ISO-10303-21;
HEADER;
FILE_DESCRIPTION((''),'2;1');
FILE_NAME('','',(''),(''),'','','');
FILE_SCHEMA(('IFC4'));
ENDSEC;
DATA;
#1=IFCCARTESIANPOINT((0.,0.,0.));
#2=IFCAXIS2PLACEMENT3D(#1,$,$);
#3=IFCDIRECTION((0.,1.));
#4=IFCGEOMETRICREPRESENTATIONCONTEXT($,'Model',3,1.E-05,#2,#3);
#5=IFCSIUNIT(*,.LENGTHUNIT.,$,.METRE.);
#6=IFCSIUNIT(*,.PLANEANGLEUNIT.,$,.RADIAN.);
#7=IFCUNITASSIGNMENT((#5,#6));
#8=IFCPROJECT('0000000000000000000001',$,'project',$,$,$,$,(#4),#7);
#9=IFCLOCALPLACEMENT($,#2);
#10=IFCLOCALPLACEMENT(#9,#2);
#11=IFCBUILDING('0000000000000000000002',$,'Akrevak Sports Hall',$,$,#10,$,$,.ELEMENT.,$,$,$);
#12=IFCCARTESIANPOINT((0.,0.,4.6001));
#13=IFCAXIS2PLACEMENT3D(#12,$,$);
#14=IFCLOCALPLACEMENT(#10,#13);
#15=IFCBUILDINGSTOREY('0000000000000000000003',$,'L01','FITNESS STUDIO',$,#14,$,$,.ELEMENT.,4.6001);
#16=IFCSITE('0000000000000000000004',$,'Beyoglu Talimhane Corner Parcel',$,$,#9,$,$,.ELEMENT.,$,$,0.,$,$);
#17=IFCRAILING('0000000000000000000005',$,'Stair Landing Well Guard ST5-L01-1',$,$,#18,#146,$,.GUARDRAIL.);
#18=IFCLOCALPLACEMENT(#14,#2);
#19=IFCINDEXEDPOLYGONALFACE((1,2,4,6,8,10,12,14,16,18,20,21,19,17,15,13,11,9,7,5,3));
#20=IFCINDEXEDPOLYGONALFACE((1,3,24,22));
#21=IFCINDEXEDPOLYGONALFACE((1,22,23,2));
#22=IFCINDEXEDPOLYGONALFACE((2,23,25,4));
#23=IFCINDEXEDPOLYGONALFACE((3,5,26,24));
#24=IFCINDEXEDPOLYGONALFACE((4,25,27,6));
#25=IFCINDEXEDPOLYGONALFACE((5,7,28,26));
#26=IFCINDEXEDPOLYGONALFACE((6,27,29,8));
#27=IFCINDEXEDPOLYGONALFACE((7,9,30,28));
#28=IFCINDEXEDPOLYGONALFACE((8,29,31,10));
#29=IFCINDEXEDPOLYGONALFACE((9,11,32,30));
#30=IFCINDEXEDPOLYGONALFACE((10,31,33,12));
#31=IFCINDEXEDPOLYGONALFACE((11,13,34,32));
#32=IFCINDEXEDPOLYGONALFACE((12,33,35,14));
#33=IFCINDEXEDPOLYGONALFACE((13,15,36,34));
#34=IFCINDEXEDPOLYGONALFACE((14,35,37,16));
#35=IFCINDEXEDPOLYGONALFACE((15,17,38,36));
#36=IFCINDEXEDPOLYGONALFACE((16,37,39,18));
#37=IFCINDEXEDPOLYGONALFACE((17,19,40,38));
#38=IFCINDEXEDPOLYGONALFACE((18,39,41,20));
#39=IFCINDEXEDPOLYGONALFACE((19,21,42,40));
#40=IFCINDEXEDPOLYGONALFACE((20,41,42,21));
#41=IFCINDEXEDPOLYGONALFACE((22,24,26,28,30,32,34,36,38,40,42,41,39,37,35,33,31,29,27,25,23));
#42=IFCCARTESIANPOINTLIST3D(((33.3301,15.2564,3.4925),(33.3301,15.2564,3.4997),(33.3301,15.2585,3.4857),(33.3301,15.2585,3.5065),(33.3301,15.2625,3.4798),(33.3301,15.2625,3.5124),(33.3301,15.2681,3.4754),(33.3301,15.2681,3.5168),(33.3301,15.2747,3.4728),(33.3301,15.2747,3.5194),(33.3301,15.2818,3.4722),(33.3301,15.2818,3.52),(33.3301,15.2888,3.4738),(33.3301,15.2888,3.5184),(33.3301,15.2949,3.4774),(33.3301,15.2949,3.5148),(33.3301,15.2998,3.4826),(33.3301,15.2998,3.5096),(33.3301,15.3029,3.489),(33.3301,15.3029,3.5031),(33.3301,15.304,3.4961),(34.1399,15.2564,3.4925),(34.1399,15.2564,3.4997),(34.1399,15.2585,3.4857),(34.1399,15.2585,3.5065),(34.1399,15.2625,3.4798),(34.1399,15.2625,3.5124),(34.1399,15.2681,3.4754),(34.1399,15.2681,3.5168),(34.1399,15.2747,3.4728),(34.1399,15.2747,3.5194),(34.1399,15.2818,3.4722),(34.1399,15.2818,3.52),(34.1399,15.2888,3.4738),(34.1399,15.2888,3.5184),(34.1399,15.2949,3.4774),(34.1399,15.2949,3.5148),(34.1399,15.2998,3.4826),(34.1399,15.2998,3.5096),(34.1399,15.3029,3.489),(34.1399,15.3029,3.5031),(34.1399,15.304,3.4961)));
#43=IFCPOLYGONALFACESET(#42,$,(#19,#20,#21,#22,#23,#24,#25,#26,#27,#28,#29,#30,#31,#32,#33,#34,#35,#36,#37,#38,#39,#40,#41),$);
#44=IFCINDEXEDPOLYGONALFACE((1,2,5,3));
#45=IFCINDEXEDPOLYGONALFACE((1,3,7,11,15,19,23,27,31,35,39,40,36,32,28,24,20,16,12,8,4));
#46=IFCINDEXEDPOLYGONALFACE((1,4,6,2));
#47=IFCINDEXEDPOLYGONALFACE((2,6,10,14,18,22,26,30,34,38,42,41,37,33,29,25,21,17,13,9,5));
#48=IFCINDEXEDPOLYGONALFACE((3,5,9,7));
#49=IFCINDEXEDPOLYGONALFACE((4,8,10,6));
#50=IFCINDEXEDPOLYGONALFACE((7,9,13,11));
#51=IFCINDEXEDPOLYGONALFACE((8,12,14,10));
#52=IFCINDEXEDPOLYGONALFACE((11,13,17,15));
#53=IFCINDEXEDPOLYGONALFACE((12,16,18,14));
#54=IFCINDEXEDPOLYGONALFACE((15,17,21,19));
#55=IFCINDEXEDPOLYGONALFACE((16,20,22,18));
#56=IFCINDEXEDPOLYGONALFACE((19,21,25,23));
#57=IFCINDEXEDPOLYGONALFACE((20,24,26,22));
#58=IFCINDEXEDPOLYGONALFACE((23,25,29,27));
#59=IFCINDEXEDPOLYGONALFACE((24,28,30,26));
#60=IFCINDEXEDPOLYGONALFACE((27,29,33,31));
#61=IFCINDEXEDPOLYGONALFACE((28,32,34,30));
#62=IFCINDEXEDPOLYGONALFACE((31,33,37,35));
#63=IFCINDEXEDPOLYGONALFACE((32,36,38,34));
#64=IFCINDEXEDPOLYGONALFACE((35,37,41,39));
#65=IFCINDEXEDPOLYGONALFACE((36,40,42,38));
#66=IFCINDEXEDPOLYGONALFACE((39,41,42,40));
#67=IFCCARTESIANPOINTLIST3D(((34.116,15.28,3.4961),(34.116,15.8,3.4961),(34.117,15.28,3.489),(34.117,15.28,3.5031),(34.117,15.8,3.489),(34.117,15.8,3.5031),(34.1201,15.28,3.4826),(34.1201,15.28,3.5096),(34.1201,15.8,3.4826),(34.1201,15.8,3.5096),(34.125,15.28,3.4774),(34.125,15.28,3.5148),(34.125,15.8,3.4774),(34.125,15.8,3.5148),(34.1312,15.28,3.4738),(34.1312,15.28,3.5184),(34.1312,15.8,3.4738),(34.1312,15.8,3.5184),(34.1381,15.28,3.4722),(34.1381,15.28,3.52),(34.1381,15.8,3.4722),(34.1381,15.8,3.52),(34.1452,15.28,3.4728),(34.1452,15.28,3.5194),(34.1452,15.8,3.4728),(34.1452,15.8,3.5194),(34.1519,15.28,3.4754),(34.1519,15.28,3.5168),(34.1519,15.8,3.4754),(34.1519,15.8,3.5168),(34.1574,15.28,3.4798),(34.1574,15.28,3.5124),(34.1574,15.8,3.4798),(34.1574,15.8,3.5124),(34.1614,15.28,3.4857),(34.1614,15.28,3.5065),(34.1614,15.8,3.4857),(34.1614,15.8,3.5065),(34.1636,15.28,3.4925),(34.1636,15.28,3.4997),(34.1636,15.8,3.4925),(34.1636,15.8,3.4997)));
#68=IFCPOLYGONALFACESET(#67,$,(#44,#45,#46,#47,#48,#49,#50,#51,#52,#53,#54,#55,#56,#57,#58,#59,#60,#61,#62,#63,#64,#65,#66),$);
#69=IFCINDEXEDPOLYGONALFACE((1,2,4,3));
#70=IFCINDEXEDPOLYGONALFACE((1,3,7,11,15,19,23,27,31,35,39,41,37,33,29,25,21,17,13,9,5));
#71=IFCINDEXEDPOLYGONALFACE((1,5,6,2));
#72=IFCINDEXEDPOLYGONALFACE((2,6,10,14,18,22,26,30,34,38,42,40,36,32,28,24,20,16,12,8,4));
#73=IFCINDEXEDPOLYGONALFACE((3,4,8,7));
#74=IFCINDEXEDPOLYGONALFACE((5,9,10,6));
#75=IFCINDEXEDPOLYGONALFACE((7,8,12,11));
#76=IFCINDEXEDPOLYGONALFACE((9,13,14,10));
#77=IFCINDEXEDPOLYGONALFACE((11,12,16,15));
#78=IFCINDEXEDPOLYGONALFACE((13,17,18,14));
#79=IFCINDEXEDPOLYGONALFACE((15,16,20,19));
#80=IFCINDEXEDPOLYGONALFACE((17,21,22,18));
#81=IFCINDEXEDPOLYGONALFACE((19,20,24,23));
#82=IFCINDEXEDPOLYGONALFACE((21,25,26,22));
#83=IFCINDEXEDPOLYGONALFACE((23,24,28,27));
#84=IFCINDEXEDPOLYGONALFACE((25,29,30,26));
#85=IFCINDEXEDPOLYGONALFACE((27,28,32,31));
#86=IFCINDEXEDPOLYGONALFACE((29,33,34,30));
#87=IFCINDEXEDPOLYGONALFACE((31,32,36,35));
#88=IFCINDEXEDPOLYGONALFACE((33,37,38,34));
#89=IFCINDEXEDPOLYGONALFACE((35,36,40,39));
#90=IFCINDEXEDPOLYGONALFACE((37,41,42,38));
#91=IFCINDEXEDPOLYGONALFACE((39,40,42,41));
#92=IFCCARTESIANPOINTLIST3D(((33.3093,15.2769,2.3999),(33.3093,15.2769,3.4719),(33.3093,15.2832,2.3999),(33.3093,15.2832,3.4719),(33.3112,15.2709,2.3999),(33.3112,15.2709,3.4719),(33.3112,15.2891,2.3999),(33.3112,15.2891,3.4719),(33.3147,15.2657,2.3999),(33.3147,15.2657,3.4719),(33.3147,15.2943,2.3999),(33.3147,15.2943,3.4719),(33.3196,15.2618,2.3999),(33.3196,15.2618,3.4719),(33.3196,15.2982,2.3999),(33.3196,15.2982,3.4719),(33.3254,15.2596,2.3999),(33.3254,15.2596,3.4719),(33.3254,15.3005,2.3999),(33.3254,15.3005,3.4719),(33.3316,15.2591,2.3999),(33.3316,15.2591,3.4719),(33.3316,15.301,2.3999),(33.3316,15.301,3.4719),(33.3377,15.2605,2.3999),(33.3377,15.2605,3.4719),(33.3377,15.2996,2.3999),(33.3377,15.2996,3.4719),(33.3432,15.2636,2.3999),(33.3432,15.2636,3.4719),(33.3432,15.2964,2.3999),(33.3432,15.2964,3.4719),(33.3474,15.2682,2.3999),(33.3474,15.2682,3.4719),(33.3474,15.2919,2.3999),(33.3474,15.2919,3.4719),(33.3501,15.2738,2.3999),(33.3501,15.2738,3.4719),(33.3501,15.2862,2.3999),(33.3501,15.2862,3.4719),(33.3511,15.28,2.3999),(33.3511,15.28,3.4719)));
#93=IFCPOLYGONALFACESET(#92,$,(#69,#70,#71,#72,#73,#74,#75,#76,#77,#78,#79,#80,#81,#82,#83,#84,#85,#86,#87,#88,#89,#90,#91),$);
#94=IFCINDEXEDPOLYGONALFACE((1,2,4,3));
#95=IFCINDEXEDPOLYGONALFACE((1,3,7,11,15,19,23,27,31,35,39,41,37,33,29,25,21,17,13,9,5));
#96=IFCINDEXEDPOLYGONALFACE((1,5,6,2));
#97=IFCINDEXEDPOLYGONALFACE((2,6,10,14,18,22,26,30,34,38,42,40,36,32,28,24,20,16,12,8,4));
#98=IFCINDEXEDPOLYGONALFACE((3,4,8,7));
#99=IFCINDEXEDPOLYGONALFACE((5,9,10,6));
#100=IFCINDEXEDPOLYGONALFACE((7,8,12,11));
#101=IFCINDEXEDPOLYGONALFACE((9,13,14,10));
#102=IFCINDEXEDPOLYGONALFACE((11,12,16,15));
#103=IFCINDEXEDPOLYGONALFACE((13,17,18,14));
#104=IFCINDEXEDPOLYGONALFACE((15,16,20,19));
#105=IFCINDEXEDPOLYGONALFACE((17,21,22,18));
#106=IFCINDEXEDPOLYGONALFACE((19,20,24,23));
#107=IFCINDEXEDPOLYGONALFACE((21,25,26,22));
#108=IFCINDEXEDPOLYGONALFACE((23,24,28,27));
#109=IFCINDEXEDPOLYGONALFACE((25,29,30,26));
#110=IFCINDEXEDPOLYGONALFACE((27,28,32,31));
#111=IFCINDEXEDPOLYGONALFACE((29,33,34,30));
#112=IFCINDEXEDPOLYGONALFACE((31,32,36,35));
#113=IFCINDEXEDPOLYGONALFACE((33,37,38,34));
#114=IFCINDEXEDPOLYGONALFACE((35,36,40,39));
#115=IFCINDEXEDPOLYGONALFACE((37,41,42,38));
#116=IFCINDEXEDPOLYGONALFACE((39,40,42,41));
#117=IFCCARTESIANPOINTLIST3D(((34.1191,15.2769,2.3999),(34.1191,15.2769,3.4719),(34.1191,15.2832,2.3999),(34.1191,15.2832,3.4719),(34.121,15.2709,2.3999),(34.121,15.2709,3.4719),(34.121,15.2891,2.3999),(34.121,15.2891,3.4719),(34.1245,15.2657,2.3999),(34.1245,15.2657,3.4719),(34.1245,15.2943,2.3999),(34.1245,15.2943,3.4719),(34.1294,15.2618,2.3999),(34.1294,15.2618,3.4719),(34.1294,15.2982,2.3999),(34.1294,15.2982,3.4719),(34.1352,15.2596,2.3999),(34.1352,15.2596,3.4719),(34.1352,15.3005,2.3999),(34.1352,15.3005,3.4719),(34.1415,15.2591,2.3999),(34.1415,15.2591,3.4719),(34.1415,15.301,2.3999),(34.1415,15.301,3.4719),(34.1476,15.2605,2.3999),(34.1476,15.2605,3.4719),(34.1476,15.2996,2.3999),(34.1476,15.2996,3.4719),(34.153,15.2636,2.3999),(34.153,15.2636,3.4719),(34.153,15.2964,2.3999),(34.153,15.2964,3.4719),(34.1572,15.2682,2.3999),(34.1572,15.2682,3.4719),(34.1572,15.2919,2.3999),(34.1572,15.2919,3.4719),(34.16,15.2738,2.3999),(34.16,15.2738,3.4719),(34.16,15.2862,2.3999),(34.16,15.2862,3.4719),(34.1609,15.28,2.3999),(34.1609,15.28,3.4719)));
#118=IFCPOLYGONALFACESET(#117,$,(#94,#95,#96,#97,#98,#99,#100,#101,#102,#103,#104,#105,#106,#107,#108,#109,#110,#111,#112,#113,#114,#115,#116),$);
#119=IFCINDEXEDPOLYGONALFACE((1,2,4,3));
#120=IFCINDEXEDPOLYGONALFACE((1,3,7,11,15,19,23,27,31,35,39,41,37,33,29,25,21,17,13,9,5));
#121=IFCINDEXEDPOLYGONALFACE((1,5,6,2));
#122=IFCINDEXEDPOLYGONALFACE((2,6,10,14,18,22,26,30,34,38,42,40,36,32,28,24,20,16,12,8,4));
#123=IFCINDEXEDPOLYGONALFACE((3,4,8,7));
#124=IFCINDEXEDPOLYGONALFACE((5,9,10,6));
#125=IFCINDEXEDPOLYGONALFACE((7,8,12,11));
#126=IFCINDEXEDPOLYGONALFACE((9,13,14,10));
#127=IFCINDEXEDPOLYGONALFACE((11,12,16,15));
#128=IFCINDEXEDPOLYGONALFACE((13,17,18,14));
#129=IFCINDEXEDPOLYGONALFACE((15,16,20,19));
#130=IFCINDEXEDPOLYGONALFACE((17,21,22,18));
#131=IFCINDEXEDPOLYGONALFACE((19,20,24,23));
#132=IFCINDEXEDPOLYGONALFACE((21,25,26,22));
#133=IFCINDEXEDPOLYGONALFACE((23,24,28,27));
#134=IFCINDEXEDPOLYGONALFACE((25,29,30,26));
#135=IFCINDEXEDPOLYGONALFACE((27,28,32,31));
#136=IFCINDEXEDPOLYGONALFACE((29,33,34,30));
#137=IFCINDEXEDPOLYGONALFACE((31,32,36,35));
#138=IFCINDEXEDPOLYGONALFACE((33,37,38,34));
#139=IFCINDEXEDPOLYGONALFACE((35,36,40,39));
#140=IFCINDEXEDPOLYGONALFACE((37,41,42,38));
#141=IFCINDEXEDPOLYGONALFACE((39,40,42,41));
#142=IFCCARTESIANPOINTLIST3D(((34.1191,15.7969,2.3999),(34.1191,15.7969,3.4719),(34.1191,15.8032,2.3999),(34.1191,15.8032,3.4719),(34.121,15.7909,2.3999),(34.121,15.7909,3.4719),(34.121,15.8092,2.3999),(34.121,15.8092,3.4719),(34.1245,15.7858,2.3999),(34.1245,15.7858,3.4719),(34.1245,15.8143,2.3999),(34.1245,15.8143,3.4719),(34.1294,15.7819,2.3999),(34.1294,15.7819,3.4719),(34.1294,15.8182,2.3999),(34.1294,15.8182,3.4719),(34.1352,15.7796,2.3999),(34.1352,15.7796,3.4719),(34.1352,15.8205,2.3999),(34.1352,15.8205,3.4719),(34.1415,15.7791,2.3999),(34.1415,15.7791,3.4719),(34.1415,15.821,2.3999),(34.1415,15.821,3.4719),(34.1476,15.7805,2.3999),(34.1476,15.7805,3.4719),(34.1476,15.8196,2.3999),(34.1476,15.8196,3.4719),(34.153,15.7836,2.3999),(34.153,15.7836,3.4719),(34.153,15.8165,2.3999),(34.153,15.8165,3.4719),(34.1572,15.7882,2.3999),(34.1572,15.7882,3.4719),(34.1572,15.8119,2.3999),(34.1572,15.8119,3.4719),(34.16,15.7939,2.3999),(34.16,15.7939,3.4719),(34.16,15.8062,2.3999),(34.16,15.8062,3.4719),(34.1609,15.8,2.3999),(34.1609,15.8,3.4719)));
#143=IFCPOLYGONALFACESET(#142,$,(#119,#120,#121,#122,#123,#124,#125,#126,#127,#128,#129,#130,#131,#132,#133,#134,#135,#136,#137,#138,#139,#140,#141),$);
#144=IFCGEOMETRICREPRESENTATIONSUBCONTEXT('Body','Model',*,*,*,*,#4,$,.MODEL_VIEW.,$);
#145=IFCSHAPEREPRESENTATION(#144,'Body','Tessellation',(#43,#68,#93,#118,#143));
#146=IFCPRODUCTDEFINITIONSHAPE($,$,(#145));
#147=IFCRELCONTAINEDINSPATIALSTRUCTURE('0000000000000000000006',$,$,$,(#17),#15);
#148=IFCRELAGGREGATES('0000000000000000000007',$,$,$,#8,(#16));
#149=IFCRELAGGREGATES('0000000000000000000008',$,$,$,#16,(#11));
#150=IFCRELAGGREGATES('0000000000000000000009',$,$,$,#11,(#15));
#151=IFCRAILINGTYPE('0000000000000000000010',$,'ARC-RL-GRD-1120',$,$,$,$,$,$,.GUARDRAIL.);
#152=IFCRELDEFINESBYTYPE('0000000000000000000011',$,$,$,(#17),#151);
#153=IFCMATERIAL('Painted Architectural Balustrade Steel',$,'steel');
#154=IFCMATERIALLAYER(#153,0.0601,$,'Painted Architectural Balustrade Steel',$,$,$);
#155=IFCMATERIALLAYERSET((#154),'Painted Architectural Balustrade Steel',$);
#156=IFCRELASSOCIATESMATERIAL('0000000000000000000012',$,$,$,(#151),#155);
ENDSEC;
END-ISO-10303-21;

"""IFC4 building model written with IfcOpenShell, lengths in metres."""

from ifc_helpers import new_model, si_unit, direction, frame, origin, origin_2d, place, context, subcontext, project, spatial, circle, extrude, material, layer, layer_set, type_object, element, save


model = new_model("IFC4")

# Units and contexts
model_context = context("Model", 3, precision=1e-05, world=origin(), true_north=direction((0.0, 1.0)))
body_context = subcontext(model_context, "Body", "Model", "MODEL_VIEW")
ifc_project = project(units=[si_unit("LENGTHUNIT", "METRE"), si_unit("PLANEANGLEUNIT", "RADIAN")], contexts=[model_context])

# Site, building, storey
site_placement = place(None, origin())
site = spatial("IfcSite", under=ifc_project, at=site_placement, Name="Beyoglu Talimhane Corner Parcel", CompositionType="ELEMENT", RefElevation=0.0)
building_placement = place(site_placement, origin())
building = spatial("IfcBuilding", under=site, at=building_placement, Name="Akrevak Sports Hall", CompositionType="ELEMENT")
storey_placement = place(building_placement, frame((0.0, 0.0, 4.6001)))
storey = spatial("IfcBuildingStorey", under=building, at=storey_placement, Name="L01", Description="FITNESS STUDIO", CompositionType="ELEMENT", Elevation=4.6001)

# Railing
ifc_material_1 = material(Name="Painted Architectural Balustrade Steel", Category="steel")
ifc_layer_1 = layer(ifc_material_1, 0.0601, Name="Painted Architectural Balustrade Steel")
ifc_layer_set_1 = layer_set([ifc_layer_1], Name="Painted Architectural Balustrade Steel")
railing_type_1 = type_object("IfcRailingType", Name="ARC-RL-GRD-1120", PredefinedType="GUARDRAIL", material=ifc_layer_set_1)
railing_1_placement = place(storey_placement, frame((33.3301, 15.28, 2.3999)))
element("IfcRailing", 1, at=railing_1_placement, inside=storey, type_object=railing_type_1, Name="Stair Landing Well Guard ST5-L01-1", PredefinedType="GUARDRAIL", context=body_context, shape_type="SweptSolid", body=[
    extrude(circle(Radius=0.0239, at=origin_2d()), frame((0.0, 0.0, 1.0962), z_axis=(1.0, 0.0, 0.0), x_axis=(0.0, 1.0, 0.0)), (0.0, 0.0, 1.0), 0.8098),
    extrude(circle(Radius=0.0239, at=origin_2d()), frame((0.8098, 0.0, 1.0962), z_axis=(0.0, 1.0, 0.0), x_axis=(-1.0, 0.0, 0.0)), (0.0, 0.0, 1.0), 0.52),
    extrude(circle(Radius=0.021, at=origin_2d()), origin(), (0.0, 0.0, 1.0), 1.072),
    extrude(circle(Radius=0.021, at=origin_2d()), frame((0.8098, 0.0, 0.0)), (0.0, 0.0, 1.0), 1.072),
    extrude(circle(Radius=0.021, at=origin_2d()), frame((0.8098, 0.52, 0.0)), (0.0, 0.0, 1.0), 1.072),
])

save(model, "model.ifc")
